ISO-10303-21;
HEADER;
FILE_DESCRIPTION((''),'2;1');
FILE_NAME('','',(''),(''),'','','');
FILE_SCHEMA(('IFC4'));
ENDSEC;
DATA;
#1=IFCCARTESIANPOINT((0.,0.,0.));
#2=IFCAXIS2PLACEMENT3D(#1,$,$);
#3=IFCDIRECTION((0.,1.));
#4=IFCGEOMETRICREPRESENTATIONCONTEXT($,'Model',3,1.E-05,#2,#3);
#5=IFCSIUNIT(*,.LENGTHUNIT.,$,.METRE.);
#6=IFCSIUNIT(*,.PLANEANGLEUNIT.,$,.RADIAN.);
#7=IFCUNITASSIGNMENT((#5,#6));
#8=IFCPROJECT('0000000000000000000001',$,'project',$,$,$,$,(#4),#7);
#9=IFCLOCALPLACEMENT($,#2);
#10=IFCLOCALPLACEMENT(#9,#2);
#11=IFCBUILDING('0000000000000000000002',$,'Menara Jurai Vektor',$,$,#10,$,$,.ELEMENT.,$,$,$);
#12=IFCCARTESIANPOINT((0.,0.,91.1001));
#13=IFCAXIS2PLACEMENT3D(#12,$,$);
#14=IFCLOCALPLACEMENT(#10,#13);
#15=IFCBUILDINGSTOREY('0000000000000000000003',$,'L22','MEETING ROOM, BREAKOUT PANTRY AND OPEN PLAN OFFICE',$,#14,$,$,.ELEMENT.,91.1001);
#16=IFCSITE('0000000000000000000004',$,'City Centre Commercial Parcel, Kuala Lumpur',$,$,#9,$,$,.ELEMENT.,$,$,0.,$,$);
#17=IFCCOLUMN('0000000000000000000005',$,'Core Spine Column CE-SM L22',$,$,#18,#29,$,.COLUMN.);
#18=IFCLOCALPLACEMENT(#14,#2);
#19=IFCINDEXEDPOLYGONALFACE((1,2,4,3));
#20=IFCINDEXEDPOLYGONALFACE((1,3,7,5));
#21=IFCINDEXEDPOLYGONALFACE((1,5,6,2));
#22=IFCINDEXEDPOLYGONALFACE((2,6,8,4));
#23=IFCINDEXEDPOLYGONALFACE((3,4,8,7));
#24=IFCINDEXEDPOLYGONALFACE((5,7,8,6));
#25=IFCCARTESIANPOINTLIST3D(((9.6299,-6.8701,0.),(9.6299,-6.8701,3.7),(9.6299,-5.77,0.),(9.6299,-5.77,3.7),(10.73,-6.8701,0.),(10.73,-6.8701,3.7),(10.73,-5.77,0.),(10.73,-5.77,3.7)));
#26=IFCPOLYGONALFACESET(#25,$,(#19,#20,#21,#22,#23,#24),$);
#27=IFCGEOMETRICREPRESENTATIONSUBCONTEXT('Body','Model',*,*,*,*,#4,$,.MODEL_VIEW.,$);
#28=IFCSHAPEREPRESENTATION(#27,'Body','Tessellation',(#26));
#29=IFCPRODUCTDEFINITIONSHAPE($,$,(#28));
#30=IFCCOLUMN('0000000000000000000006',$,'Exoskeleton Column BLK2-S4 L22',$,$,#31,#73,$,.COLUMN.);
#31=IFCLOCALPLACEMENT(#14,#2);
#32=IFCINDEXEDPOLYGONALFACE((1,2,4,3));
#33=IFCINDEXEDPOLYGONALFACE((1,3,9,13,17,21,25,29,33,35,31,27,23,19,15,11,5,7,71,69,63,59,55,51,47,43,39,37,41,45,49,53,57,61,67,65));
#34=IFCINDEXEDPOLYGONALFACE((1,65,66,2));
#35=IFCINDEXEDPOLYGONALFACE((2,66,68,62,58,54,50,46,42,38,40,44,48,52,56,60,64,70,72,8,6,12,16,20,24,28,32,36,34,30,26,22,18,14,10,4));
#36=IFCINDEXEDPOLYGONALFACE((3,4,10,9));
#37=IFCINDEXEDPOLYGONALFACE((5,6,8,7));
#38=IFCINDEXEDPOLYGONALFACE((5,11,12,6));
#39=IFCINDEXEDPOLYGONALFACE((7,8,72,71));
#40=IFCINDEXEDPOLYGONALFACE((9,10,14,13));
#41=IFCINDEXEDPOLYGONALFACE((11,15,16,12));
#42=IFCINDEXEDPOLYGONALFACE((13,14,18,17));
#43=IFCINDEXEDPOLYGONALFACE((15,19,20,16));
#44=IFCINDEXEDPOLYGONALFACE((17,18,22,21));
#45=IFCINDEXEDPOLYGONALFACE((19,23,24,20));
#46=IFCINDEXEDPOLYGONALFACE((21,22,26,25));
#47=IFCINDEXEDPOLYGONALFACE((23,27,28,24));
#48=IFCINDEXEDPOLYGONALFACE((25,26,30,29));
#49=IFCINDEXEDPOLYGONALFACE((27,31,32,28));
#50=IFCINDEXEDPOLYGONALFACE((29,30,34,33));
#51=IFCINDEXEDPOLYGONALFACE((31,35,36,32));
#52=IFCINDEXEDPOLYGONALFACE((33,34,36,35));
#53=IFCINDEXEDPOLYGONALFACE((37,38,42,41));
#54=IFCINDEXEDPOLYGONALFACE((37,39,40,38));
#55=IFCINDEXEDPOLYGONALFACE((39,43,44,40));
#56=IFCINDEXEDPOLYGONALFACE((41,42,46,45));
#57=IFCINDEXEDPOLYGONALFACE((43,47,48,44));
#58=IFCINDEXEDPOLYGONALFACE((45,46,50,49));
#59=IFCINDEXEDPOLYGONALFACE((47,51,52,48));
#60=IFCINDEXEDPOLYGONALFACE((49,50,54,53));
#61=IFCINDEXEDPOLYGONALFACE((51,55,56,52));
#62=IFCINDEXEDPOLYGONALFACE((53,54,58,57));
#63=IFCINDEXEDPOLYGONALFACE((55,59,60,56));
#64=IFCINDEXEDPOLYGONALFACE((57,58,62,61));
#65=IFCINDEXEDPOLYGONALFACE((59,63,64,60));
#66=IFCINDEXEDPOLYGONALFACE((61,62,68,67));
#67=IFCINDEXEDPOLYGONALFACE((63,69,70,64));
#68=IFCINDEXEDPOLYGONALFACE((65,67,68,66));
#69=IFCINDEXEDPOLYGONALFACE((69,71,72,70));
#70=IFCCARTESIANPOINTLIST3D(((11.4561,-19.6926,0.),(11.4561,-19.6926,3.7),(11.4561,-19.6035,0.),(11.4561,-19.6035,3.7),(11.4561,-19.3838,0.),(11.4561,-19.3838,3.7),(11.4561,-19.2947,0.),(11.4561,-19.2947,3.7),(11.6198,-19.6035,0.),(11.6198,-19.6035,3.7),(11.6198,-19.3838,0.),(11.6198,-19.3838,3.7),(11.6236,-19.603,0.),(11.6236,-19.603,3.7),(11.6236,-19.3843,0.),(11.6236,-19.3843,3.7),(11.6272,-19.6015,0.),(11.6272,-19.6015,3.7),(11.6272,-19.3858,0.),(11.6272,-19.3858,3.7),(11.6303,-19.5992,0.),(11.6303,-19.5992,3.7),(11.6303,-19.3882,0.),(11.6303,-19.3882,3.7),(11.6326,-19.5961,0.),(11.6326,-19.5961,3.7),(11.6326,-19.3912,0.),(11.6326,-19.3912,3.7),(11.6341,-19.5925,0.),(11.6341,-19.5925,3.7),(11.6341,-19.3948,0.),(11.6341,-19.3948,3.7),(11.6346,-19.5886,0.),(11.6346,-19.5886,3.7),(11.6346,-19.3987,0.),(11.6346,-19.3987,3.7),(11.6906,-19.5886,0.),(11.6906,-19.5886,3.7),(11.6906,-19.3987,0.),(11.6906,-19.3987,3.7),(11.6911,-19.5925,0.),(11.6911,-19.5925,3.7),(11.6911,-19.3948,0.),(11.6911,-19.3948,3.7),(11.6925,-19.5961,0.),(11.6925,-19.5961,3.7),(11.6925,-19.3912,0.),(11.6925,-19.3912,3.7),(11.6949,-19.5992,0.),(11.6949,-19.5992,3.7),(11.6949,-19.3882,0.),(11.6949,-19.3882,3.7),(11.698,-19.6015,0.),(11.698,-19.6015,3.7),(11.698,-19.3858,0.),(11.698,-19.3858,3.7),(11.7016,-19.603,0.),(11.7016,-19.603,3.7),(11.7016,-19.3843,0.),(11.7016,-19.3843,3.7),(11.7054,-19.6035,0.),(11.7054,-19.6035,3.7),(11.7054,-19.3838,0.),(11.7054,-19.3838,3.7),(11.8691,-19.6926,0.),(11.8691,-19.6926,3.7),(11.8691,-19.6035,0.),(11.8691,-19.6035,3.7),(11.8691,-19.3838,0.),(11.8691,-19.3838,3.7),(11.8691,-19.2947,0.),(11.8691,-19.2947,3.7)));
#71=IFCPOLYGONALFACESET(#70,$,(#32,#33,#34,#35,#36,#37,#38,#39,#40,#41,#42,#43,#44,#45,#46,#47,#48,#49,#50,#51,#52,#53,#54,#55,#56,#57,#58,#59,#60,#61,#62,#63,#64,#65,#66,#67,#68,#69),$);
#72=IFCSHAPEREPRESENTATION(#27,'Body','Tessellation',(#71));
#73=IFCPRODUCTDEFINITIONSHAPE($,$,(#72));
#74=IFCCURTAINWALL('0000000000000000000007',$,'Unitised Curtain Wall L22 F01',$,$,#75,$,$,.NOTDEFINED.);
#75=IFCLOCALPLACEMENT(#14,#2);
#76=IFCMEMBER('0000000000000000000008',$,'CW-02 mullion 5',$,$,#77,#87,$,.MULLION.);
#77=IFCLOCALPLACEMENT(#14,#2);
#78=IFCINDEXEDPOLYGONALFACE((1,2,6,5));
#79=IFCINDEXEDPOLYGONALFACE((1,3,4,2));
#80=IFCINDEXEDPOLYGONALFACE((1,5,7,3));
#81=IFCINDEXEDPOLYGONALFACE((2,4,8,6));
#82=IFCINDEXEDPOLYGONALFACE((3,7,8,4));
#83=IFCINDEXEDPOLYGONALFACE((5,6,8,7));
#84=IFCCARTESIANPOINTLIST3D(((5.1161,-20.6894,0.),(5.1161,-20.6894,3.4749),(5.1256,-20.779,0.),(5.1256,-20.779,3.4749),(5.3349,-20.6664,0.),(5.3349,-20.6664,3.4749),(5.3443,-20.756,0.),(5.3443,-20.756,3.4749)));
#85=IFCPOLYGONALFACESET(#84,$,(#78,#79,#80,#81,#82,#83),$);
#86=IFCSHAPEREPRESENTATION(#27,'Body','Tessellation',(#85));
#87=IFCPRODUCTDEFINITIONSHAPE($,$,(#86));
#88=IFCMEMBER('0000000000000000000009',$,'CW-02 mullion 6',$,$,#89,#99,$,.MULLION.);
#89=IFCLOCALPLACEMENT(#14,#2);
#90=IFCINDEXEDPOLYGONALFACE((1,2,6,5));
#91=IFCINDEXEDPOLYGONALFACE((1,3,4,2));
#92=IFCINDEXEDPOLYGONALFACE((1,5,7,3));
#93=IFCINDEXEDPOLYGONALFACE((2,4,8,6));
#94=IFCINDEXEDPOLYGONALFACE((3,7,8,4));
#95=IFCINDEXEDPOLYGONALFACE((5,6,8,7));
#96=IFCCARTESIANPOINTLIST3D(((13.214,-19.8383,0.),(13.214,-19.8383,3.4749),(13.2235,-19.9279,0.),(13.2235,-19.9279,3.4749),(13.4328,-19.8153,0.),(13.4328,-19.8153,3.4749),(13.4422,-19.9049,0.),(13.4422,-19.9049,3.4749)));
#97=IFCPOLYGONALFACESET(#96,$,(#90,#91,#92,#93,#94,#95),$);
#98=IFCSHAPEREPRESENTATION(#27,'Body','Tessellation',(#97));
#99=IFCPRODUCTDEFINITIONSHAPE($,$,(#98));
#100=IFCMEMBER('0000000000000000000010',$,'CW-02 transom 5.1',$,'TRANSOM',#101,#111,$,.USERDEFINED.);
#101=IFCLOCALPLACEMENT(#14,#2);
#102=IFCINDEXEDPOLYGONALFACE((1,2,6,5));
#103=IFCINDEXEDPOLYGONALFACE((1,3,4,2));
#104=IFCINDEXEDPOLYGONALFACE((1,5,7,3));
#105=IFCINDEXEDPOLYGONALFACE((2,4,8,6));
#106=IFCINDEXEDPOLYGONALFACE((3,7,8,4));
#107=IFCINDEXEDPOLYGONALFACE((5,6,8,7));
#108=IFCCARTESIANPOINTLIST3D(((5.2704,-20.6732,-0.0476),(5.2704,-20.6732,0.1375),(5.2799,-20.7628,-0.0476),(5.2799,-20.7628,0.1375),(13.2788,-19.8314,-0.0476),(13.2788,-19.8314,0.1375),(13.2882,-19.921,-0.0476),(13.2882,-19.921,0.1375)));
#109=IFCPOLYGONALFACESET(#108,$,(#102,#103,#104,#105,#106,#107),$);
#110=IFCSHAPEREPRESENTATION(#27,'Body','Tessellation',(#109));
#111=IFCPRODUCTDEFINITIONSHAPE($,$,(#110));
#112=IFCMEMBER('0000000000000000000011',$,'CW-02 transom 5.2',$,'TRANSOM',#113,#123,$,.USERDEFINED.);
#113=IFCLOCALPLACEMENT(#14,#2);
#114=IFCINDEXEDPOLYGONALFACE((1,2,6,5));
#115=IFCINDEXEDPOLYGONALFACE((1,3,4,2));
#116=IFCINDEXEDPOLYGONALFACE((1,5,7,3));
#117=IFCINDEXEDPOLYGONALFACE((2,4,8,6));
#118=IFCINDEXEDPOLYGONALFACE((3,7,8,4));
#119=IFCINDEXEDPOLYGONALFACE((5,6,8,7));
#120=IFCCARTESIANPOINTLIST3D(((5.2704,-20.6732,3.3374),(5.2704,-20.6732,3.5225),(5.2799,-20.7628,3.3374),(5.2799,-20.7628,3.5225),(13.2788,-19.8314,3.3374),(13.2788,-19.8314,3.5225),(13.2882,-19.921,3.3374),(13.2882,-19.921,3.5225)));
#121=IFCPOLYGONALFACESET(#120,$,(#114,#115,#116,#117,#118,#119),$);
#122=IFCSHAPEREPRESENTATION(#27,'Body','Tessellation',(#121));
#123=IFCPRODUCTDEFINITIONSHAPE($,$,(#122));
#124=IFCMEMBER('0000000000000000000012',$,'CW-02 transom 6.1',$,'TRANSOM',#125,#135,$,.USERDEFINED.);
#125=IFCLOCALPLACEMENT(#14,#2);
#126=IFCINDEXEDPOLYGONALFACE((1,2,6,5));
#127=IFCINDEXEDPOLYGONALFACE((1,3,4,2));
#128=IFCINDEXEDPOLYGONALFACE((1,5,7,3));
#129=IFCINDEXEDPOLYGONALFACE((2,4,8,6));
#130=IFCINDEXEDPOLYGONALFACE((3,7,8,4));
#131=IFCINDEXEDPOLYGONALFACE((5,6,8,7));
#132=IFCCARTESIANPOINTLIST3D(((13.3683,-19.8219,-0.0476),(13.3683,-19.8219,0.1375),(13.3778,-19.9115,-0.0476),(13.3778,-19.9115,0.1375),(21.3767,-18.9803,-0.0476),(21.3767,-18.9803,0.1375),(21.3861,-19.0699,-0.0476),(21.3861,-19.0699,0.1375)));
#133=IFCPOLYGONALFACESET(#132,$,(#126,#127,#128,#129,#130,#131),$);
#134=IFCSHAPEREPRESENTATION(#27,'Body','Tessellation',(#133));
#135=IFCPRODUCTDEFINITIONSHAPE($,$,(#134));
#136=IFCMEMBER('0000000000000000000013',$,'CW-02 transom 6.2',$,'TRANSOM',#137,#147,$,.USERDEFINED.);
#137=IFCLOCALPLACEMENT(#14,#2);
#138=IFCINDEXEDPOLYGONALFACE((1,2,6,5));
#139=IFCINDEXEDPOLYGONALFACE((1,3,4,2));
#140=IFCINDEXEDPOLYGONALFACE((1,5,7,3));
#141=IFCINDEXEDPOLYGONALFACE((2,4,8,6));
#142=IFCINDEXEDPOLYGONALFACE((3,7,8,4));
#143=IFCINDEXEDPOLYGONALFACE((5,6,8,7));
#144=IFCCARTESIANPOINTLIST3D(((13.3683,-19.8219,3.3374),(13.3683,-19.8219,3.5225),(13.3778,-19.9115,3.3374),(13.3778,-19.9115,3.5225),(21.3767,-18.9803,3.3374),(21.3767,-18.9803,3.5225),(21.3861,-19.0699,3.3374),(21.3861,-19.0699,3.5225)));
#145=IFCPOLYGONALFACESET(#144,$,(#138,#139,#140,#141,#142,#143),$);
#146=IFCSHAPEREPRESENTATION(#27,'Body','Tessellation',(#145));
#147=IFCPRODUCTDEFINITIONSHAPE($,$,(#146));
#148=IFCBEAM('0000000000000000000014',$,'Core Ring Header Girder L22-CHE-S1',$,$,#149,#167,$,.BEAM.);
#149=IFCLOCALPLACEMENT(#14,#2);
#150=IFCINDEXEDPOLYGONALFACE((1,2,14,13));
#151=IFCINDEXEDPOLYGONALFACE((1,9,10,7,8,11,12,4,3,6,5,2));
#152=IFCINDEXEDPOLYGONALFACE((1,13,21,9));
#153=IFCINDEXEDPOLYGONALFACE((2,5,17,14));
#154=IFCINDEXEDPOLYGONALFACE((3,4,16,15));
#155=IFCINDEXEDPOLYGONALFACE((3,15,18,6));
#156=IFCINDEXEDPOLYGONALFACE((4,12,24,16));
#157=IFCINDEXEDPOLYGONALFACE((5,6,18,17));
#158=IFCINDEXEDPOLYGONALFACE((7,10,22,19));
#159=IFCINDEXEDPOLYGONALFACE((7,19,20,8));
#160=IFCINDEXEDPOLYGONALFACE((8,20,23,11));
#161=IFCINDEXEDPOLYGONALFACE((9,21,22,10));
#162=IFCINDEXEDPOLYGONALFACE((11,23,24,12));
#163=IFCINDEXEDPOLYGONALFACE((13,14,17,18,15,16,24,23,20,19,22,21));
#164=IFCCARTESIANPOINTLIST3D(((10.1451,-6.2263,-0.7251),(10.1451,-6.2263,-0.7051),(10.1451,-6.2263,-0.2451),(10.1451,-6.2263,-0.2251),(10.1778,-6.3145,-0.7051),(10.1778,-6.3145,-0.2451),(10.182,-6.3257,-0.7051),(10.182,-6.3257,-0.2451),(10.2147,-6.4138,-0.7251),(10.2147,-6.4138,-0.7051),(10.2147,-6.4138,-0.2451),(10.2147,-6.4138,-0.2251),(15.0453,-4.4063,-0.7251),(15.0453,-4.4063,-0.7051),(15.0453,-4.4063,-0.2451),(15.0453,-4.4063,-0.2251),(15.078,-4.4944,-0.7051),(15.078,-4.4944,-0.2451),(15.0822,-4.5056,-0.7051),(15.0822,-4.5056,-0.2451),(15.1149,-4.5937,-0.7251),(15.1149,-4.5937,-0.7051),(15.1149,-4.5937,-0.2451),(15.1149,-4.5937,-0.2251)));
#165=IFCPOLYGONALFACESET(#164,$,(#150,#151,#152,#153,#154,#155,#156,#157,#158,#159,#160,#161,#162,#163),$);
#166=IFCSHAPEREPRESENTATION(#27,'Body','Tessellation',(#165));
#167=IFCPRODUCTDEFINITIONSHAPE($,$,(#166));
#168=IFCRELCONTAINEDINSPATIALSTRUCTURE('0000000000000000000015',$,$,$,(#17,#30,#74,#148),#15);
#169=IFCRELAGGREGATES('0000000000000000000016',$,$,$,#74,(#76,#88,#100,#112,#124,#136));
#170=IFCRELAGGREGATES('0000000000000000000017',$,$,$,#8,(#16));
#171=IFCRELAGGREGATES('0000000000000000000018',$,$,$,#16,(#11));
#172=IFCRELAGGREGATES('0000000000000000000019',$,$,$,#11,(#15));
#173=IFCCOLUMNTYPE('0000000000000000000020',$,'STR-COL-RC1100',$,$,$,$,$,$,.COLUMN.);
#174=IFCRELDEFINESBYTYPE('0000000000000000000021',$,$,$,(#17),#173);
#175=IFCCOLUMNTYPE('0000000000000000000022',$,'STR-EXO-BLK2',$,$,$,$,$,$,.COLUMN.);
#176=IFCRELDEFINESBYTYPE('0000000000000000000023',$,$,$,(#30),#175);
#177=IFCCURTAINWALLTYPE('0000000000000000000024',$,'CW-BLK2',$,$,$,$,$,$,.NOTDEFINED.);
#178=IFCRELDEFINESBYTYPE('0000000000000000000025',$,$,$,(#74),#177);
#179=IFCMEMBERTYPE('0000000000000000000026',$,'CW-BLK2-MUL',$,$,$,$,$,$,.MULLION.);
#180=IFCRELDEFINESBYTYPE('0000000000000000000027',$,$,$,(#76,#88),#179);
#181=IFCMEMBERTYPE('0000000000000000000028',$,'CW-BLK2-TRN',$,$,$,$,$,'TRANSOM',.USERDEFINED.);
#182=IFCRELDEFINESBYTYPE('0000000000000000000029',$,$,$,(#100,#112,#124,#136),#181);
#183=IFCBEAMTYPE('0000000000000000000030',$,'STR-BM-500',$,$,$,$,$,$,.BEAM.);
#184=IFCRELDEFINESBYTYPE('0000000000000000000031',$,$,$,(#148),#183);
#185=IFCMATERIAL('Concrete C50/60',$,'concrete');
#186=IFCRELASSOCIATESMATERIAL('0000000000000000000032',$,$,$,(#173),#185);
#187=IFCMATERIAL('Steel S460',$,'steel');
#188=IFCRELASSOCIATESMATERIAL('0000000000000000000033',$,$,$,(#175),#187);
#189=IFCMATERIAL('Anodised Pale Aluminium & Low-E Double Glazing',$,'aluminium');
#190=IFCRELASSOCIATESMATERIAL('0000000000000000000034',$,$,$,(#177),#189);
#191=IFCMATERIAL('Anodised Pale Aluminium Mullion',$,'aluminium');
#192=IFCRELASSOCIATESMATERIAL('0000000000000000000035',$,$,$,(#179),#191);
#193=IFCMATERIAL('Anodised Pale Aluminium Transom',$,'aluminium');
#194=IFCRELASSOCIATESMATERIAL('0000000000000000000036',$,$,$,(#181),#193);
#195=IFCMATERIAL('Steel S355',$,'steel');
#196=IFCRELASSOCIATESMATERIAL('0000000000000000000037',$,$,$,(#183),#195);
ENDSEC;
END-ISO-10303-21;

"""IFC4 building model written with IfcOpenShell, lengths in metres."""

from ifc_helpers import new_model, si_unit, direction, frame, origin, origin_2d, place, context, subcontext, project, spatial, rectangle, i_section, extrude, material, material_profile, profile_set, type_object, element, aggregate, save


model = new_model("IFC4")

# Units and contexts
model_context = context("Model", 3, precision=1e-05, world=origin(), true_north=direction((0.0, 1.0)))
body_context = subcontext(model_context, "Body", "Model", "MODEL_VIEW")
ifc_project = project(units=[si_unit("LENGTHUNIT", "METRE"), si_unit("PLANEANGLEUNIT", "RADIAN")], contexts=[model_context])

# Site, building, storey
site_placement = place(None, origin())
site = spatial("IfcSite", under=ifc_project, at=site_placement, Name="City Centre Commercial Parcel, Kuala Lumpur", CompositionType="ELEMENT", RefElevation=0.0)
building_placement = place(site_placement, origin())
building = spatial("IfcBuilding", under=site, at=building_placement, Name="Menara Jurai Vektor", CompositionType="ELEMENT")
storey_placement = place(building_placement, frame((0.0, 0.0, 91.1001)))
storey = spatial("IfcBuildingStorey", under=building, at=storey_placement, Name="L22", Description="MEETING ROOM, BREAKOUT PANTRY AND OPEN PLAN OFFICE", CompositionType="ELEMENT", Elevation=91.1001)

# Columns
ifc_material_1 = material(Name="Concrete C50/60", Category="concrete")
ifc_material_profile_1 = material_profile(ifc_material_1, rectangle(XDim=1.1001, YDim=1.1001, at=origin_2d()), Name="RC 1100x1100")
ifc_profile_set_1 = profile_set([ifc_material_profile_1], Name="Concrete C50/60")
column_type_1 = type_object("IfcColumnType", Name="STR-COL-RC1100", PredefinedType="COLUMN", material=ifc_profile_set_1)
column_1_placement = place(storey_placement, frame((10.1799, -6.3201, 0.0), z_axis=(0.0, 0.0, 1.0), x_axis=(1.0, 0.0, 0.0)))
element("IfcColumn", 1, at=column_1_placement, inside=storey, type_object=column_type_1, Name="Core Spine Column CE-SM L22", PredefinedType="COLUMN", context=body_context, shape_type="SweptSolid", body=[
    extrude(rectangle(XDim=1.1001, YDim=1.1001, at=origin_2d()), origin(), (0.0, 0.0, 1.0), 3.7),
])
ifc_material_2 = material(Name="Steel S460", Category="steel")
ifc_material_profile_2 = material_profile(ifc_material_2, i_section(OverallWidth=0.4131, OverallDepth=0.3979, WebThickness=0.0559, FlangeThickness=0.0891, FilletRadius=0.0149, at=origin_2d()), Name="HD 400x744")
ifc_profile_set_2 = profile_set([ifc_material_profile_2], Name="Steel S460")
column_type_2 = type_object("IfcColumnType", Name="STR-EXO-BLK2", PredefinedType="COLUMN", material=ifc_profile_set_2)
column_2_placement = place(storey_placement, frame((11.6626, -19.4937, 0.0), z_axis=(0.0, 0.0, 1.0), x_axis=(1.0, 0.0, 0.0)))
element("IfcColumn", 2, at=column_2_placement, inside=storey, type_object=column_type_2, Name="Exoskeleton Column BLK2-S4 L22", PredefinedType="COLUMN", context=body_context, shape_type="SweptSolid", body=[
    extrude(i_section(OverallWidth=0.4131, OverallDepth=0.3979, WebThickness=0.0559, FlangeThickness=0.0891, FilletRadius=0.0149, at=origin_2d()), origin(), (0.0, 0.0, 1.0), 3.7),
])

# Curtain wall, members
ifc_material_3 = material(Name="Anodised Pale Aluminium & Low-E Double Glazing", Category="aluminium")
curtain_wall_type = type_object("IfcCurtainWallType", Name="CW-BLK2", PredefinedType="NOTDEFINED", material=ifc_material_3)
curtain_wall_placement = place(storey_placement, origin())
curtain_wall = element("IfcCurtainWall", 3, at=curtain_wall_placement, inside=storey, type_object=curtain_wall_type, Name="Unitised Curtain Wall L22 F01", PredefinedType="NOTDEFINED")
ifc_material_4 = material(Name="Anodised Pale Aluminium Mullion", Category="aluminium")
ifc_material_profile_3 = material_profile(ifc_material_4, rectangle(XDim=0.0901, YDim=0.22, at=origin_2d()), Name="ALU MUL 90x220")
ifc_profile_set_3 = profile_set([ifc_material_profile_3], Name="Anodised Pale Aluminium Mullion")
member_type_1 = type_object("IfcMemberType", Name="CW-BLK2-MUL", PredefinedType="MULLION", material=ifc_profile_set_3)
member_1_placement = place(storey_placement, frame((5.2302, -20.7227, 0.0), z_axis=(0.0, 0.0, 1.0), x_axis=(-0.104529, 0.994522, 0.0)))
member_1 = element("IfcMember", 4, at=member_1_placement, type_object=member_type_1, Name="CW-02 mullion 5", PredefinedType="MULLION", context=body_context, shape_type="SweptSolid", body=[
    extrude(rectangle(XDim=0.0901, YDim=0.22, at=origin_2d()), origin(), (0.0, 0.0, 1.0), 3.4749),
])
member_2_placement = place(storey_placement, frame((13.3281, -19.8716, 0.0), z_axis=(0.0, 0.0, 1.0), x_axis=(-0.104529, 0.994522, 0.0)))
member_2 = element("IfcMember", 5, at=member_2_placement, type_object=member_type_1, Name="CW-02 mullion 6", PredefinedType="MULLION", context=body_context, shape_type="SweptSolid", body=[
    extrude(rectangle(XDim=0.0901, YDim=0.22, at=origin_2d()), origin(), (0.0, 0.0, 1.0), 3.4749),
])
ifc_material_5 = material(Name="Anodised Pale Aluminium Transom", Category="aluminium")
ifc_material_profile_4 = material_profile(ifc_material_5, rectangle(XDim=0.0901, YDim=0.1851, at=origin_2d()), Name="ALU TRN 90x185")
ifc_profile_set_4 = profile_set([ifc_material_profile_4], Name="Anodised Pale Aluminium Transom")
member_type_2 = type_object("IfcMemberType", Name="CW-BLK2-TRN", ElementType="TRANSOM", PredefinedType="USERDEFINED", material=ifc_profile_set_4)
member_3_placement = place(storey_placement, frame((5.2751, -20.718, 0.0449), z_axis=(0.994521, 0.10454, 0.0), x_axis=(-0.10454, 0.994521, 0.0)))
member_3 = element("IfcMember", 6, at=member_3_placement, type_object=member_type_2, Name="CW-02 transom 5.1", ObjectType="TRANSOM", PredefinedType="USERDEFINED", context=body_context, shape_type="SweptSolid", body=[
    extrude(rectangle(XDim=0.0901, YDim=0.1851, at=origin_2d()), origin(), (0.0, 0.0, 1.0), 8.0525),
])
member_4_placement = place(storey_placement, frame((5.2751, -20.718, 3.4299), z_axis=(0.994521, 0.10454, 0.0), x_axis=(-0.10454, 0.994521, 0.0)))
member_4 = element("IfcMember", 7, at=member_4_placement, type_object=member_type_2, Name="CW-02 transom 5.2", ObjectType="TRANSOM", PredefinedType="USERDEFINED", context=body_context, shape_type="SweptSolid", body=[
    extrude(rectangle(XDim=0.0901, YDim=0.1851, at=origin_2d()), origin(), (0.0, 0.0, 1.0), 8.0525),
])
member_5_placement = place(storey_placement, frame((13.373, -19.8667, 0.0449), z_axis=(0.994524, 0.10451, 0.0), x_axis=(-0.10451, 0.994524, 0.0)))
member_5 = element("IfcMember", 8, at=member_5_placement, type_object=member_type_2, Name="CW-02 transom 6.1", ObjectType="TRANSOM", PredefinedType="USERDEFINED", context=body_context, shape_type="SweptSolid", body=[
    extrude(rectangle(XDim=0.0901, YDim=0.1851, at=origin_2d()), origin(), (0.0, 0.0, 1.0), 8.0525),
])
member_6_placement = place(storey_placement, frame((13.373, -19.8667, 3.4299), z_axis=(0.994524, 0.10451, 0.0), x_axis=(-0.10451, 0.994524, 0.0)))
member_6 = element("IfcMember", 9, at=member_6_placement, type_object=member_type_2, Name="CW-02 transom 6.2", ObjectType="TRANSOM", PredefinedType="USERDEFINED", context=body_context, shape_type="SweptSolid", body=[
    extrude(rectangle(XDim=0.0901, YDim=0.1851, at=origin_2d()), origin(), (0.0, 0.0, 1.0), 8.0525),
])

# Beam
ifc_material_6 = material(Name="Steel S355", Category="steel")
ifc_material_profile_5 = material_profile(ifc_material_6, i_section(OverallWidth=0.2, OverallDepth=0.5, WebThickness=0.012, FlangeThickness=0.02, at=origin_2d()), Name="PG 500x200x96")
ifc_profile_set_5 = profile_set([ifc_material_profile_5], Name="Steel S355")
beam_type_1 = type_object("IfcBeamType", Name="STR-BM-500", PredefinedType="BEAM", material=ifc_profile_set_5)
beam_1_placement = place(storey_placement, frame((10.1799, -6.3201, -0.4751), z_axis=(0.937424, 0.348189, 0.0), x_axis=(-0.348189, 0.937424, 0.0)))
element("IfcBeam", 10, at=beam_1_placement, inside=storey, type_object=beam_type_1, Name="Core Ring Header Girder L22-CHE-S1", PredefinedType="BEAM", context=body_context, shape_type="SweptSolid", body=[
    extrude(i_section(OverallWidth=0.2, OverallDepth=0.5, WebThickness=0.012, FlangeThickness=0.02, at=origin_2d()), origin(), (0.0, 0.0, 1.0), 5.2273),
])

aggregate(curtain_wall, [member_1, member_2, member_3, member_4, member_5, member_6])

save(model, "model.ifc")
